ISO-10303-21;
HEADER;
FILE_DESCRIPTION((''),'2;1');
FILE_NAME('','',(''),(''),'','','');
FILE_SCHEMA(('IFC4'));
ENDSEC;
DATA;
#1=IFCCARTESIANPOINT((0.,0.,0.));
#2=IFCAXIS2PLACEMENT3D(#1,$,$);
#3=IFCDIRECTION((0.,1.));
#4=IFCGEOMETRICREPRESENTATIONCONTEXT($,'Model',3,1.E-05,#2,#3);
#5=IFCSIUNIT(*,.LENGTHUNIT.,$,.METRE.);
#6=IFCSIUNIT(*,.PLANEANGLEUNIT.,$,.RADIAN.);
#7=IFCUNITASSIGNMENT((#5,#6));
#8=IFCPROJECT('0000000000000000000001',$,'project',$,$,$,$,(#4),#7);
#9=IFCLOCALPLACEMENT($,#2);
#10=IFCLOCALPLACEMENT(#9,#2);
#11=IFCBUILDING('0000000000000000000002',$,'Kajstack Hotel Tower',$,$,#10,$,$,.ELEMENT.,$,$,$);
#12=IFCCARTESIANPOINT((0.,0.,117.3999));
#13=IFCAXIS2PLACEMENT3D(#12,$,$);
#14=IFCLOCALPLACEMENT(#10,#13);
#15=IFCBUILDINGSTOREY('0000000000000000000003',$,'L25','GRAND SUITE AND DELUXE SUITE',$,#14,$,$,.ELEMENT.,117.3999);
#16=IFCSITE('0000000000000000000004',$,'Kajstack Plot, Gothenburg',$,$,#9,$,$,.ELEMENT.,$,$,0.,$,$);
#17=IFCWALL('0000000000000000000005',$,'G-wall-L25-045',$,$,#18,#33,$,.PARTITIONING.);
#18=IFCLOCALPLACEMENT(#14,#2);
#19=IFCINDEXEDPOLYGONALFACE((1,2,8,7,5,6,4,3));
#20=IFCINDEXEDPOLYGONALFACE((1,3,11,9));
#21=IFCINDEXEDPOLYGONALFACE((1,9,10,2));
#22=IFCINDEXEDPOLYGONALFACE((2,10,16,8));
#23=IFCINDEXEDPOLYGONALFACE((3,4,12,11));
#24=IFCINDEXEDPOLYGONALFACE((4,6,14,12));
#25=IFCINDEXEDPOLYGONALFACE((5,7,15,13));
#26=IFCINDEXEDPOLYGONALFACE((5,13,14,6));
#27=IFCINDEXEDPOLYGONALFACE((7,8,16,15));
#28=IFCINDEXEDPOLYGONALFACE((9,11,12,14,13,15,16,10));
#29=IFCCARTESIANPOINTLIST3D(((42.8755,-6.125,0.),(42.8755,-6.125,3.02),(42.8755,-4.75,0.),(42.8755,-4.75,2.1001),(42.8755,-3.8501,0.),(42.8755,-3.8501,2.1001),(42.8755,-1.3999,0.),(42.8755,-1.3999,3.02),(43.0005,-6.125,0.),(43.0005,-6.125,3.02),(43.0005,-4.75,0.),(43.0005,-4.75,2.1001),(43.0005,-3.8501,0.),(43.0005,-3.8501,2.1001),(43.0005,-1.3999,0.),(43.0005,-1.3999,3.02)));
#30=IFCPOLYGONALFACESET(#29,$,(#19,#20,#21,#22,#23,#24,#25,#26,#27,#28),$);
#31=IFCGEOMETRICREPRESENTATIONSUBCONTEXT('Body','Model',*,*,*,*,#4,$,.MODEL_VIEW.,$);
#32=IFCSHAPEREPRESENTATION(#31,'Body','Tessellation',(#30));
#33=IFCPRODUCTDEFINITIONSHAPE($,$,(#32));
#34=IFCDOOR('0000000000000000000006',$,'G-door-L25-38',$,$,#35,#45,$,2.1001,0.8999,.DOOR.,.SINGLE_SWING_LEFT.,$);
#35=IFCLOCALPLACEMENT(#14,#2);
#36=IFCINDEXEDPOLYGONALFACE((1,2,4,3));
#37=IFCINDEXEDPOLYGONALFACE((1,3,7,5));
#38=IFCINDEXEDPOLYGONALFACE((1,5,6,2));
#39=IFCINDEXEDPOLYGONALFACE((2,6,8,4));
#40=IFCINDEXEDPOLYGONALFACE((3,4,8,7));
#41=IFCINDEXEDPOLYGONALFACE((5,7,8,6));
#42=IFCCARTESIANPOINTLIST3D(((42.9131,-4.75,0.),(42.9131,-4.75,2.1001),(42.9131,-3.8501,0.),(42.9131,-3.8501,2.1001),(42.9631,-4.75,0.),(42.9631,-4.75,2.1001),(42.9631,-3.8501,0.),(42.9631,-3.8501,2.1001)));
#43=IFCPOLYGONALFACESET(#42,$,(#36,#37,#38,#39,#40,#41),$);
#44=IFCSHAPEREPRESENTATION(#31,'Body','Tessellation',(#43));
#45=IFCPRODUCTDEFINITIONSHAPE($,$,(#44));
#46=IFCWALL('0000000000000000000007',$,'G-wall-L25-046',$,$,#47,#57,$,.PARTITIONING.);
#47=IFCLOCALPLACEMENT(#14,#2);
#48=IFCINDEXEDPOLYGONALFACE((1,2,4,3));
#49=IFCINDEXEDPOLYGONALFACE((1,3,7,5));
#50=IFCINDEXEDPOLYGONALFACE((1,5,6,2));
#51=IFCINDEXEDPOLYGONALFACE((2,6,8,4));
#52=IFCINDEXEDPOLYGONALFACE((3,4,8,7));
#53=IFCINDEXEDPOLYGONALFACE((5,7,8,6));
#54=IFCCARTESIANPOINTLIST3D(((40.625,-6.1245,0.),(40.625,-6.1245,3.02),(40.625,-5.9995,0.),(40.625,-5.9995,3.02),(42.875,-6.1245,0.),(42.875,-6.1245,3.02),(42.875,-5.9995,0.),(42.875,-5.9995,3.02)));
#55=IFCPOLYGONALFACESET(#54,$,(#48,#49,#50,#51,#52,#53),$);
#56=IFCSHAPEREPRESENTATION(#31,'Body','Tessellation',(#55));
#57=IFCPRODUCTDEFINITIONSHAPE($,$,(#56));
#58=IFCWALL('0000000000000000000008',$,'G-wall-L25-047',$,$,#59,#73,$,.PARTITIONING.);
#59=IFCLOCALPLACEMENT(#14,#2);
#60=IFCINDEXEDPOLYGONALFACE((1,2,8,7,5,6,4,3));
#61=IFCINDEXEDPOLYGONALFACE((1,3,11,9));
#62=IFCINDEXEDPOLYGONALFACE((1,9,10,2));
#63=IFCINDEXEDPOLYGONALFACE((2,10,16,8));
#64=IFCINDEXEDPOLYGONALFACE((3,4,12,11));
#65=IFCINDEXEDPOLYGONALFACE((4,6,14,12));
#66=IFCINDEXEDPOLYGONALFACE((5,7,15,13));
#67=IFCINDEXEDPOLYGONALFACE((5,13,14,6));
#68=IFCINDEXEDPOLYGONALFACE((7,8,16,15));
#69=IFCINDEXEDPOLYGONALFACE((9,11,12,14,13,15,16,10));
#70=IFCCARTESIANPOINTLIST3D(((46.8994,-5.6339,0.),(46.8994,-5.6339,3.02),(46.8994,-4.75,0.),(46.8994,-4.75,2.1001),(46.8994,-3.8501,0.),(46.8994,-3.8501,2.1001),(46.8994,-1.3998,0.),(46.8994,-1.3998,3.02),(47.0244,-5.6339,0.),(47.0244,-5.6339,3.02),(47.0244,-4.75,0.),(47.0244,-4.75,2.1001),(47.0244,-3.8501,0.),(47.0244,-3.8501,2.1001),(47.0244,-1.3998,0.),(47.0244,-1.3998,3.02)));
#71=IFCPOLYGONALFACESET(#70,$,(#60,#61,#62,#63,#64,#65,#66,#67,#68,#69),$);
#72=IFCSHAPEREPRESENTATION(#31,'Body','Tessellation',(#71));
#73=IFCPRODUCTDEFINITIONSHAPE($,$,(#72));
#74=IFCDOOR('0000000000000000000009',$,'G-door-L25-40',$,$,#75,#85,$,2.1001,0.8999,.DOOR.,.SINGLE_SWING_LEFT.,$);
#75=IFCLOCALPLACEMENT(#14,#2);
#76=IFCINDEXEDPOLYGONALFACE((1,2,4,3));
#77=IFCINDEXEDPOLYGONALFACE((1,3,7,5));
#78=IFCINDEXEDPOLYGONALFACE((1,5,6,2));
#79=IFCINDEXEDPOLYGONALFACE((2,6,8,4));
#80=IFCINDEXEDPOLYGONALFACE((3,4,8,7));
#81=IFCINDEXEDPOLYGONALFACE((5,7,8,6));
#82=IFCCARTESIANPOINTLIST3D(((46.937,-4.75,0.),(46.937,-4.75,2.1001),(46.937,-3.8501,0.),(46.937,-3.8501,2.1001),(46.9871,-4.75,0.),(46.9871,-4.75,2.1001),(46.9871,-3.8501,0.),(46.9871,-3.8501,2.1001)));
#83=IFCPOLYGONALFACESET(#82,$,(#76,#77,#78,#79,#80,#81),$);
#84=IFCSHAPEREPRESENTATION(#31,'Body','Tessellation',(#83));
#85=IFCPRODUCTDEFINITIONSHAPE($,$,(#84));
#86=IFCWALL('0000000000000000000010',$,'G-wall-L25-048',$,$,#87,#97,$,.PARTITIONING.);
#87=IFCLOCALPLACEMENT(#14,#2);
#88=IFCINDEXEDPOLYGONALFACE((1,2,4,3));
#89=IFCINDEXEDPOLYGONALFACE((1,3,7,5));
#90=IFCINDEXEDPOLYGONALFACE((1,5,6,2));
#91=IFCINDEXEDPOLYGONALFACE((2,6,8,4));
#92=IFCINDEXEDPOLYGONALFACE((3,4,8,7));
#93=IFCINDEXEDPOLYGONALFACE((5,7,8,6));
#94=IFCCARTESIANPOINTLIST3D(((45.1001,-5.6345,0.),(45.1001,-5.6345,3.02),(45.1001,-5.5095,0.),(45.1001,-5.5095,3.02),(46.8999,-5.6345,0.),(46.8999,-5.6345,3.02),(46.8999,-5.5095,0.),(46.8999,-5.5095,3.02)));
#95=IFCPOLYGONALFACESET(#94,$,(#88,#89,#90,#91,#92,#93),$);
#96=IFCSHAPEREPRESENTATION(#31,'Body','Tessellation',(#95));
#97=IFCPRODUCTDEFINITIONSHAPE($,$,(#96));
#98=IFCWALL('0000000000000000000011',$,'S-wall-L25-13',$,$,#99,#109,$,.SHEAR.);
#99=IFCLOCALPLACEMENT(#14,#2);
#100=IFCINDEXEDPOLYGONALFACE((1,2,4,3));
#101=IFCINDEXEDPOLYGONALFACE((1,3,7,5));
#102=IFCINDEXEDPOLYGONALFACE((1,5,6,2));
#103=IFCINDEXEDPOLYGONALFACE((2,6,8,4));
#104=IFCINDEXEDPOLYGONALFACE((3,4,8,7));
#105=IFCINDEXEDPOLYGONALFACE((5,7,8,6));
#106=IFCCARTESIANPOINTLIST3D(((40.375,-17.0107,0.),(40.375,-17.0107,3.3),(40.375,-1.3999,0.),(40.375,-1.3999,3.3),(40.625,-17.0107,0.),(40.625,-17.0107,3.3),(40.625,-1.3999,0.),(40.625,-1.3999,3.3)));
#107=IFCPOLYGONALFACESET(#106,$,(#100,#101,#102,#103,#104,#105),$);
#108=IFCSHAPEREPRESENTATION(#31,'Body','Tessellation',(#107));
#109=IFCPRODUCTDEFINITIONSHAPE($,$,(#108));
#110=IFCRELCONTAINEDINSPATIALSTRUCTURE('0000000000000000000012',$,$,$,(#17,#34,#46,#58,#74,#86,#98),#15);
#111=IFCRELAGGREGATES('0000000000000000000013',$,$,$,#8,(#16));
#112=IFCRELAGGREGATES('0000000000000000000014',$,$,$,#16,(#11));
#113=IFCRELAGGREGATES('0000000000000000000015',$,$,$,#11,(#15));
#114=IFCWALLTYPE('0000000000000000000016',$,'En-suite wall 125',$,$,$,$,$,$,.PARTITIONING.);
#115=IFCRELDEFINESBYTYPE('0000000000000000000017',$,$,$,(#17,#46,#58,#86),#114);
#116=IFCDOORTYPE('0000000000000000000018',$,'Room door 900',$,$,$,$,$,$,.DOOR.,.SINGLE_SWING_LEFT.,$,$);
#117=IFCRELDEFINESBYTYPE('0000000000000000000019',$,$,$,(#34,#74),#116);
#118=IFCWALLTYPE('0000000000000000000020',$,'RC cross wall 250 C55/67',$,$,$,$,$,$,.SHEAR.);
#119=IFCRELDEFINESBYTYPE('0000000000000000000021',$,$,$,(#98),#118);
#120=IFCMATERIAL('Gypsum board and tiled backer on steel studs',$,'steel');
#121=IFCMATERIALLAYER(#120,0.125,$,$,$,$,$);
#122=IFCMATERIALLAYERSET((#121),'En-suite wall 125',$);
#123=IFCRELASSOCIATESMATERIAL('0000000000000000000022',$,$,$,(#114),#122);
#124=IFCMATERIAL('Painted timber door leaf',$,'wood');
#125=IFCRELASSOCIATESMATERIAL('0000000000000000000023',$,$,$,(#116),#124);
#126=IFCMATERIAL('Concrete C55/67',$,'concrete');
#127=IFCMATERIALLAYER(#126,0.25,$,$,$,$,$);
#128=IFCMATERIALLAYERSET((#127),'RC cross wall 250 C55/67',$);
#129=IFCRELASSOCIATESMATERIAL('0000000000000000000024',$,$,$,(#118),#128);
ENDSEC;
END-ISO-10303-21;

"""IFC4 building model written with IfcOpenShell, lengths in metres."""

from ifc_helpers import new_model, si_unit, direction, frame, frame_2d, origin, place, context, subcontext, project, spatial, rectangle, extrude, material, layer, layer_set, type_object, element, fill, save


model = new_model("IFC4")

# Units and contexts
model_context = context("Model", 3, precision=1e-05, world=origin(), true_north=direction((0.0, 1.0)))
body_context = subcontext(model_context, "Body", "Model", "MODEL_VIEW")
ifc_project = project(units=[si_unit("LENGTHUNIT", "METRE"), si_unit("PLANEANGLEUNIT", "RADIAN")], contexts=[model_context])

# Site, building, storey
site_placement = place(None, origin())
site = spatial("IfcSite", under=ifc_project, at=site_placement, Name="Kajstack Plot, Gothenburg", CompositionType="ELEMENT", RefElevation=0.0)
building_placement = place(site_placement, origin())
building = spatial("IfcBuilding", under=site, at=building_placement, Name="Kajstack Hotel Tower", CompositionType="ELEMENT")
storey_placement = place(building_placement, frame((0.0, 0.0, 117.3999)))
storey = spatial("IfcBuildingStorey", under=building, at=storey_placement, Name="L25", Description="GRAND SUITE AND DELUXE SUITE", CompositionType="ELEMENT", Elevation=117.3999)

# Wall, opening, door
ifc_material_1 = material(Name="Gypsum board and tiled backer on steel studs", Category="steel")
ifc_layer_1 = layer(ifc_material_1, 0.125)
ifc_layer_set_1 = layer_set([ifc_layer_1], Name="En-suite wall 125")
wall_type_1 = type_object("IfcWallType", Name="En-suite wall 125", PredefinedType="PARTITIONING", material=ifc_layer_set_1)
wall_1_placement = place(storey_placement, frame((42.938, -6.125, 0.0), z_axis=(0.0, 0.0, 1.0), x_axis=(0.0, 1.0, 0.0)))
wall_1 = element("IfcWall", 1, at=wall_1_placement, inside=storey, type_object=wall_type_1, Name="G-wall-L25-045", PredefinedType="PARTITIONING", context=body_context, shape_type="SweptSolid", body=[
    extrude(rectangle(XDim=4.7251, YDim=0.125, at=frame_2d((2.3625, 0.0))), origin(), (0.0, 0.0, 1.0), 3.02),
])
opening_1_placement = place(wall_1_placement, frame((1.375, 0.0, 0.0)))
opening_1 = element("IfcOpeningElement", 2, at=opening_1_placement, cuts=wall_1, PredefinedType="OPENING", context=body_context, shape_type="SweptSolid", body=[
    extrude(rectangle(XDim=0.8999, YDim=2.1001, at=frame_2d((0.45, 1.05))), frame((0.0, 0.0725, 0.0), z_axis=(0.0, -1.0, 0.0), x_axis=(1.0, 0.0, 0.0)), (0.0, 0.0, 1.0), 0.145),
])
ifc_material_2 = material(Name="Painted timber door leaf", Category="wood")
door_type = type_object("IfcDoorType", Name="Room door 900", OperationType="SINGLE_SWING_LEFT", PredefinedType="DOOR", material=ifc_material_2)
door_1_placement = place(opening_1_placement, origin())
door_1 = element("IfcDoor", 3, at=door_1_placement, inside=storey, type_object=door_type, Name="G-door-L25-38", OperationType="SINGLE_SWING_LEFT", OverallHeight=2.1001, OverallWidth=0.8999, PredefinedType="DOOR", context=body_context, shape_type="SweptSolid", body=[
    extrude(rectangle(XDim=0.8999, YDim=2.1001, at=frame_2d((0.45, 1.05))), frame((0.0, 0.0249, 0.0), z_axis=(0.0, -1.0, 0.0), x_axis=(1.0, 0.0, 0.0)), (0.0, 0.0, 1.0), 0.05),
])
fill(opening_1, door_1)

# Wall
wall_2_placement = place(storey_placement, frame((40.625, -6.062, 0.0), z_axis=(0.0, 0.0, 1.0), x_axis=(1.0, 0.0, 0.0)))
element("IfcWall", 4, at=wall_2_placement, inside=storey, type_object=wall_type_1, Name="G-wall-L25-046", PredefinedType="PARTITIONING", context=body_context, shape_type="SweptSolid", body=[
    extrude(rectangle(XDim=2.25, YDim=0.125, at=frame_2d((1.125, 0.0))), origin(), (0.0, 0.0, 1.0), 3.02),
])

# Wall, opening, door
wall_3_placement = place(storey_placement, frame((46.9619, -5.634, 0.0), z_axis=(0.0, 0.0, 1.0), x_axis=(0.0, 1.0, 0.0)))
wall_3 = element("IfcWall", 5, at=wall_3_placement, inside=storey, type_object=wall_type_1, Name="G-wall-L25-047", PredefinedType="PARTITIONING", context=body_context, shape_type="SweptSolid", body=[
    extrude(rectangle(XDim=4.2341, YDim=0.125, at=frame_2d((2.1172, 0.0))), origin(), (0.0, 0.0, 1.0), 3.02),
])
opening_2_placement = place(wall_3_placement, frame((0.884, 0.0, 0.0)))
opening_2 = element("IfcOpeningElement", 6, at=opening_2_placement, cuts=wall_3, PredefinedType="OPENING", context=body_context, shape_type="SweptSolid", body=[
    extrude(rectangle(XDim=0.8999, YDim=2.1001, at=frame_2d((0.45, 1.05))), frame((0.0, 0.0725, 0.0), z_axis=(0.0, -1.0, 0.0), x_axis=(1.0, 0.0, 0.0)), (0.0, 0.0, 1.0), 0.145),
])
door_2_placement = place(opening_2_placement, origin())
door_2 = element("IfcDoor", 7, at=door_2_placement, inside=storey, type_object=door_type, Name="G-door-L25-40", OperationType="SINGLE_SWING_LEFT", OverallHeight=2.1001, OverallWidth=0.8999, PredefinedType="DOOR", context=body_context, shape_type="SweptSolid", body=[
    extrude(rectangle(XDim=0.8999, YDim=2.1001, at=frame_2d((0.45, 1.05))), frame((0.0, 0.0249, 0.0), z_axis=(0.0, -1.0, 0.0), x_axis=(1.0, 0.0, 0.0)), (0.0, 0.0, 1.0), 0.05),
])
fill(opening_2, door_2)

# Walls
wall_4_placement = place(storey_placement, frame((45.1001, -5.572, 0.0), z_axis=(0.0, 0.0, 1.0), x_axis=(1.0, 0.0, 0.0)))
element("IfcWall", 8, at=wall_4_placement, inside=storey, type_object=wall_type_1, Name="G-wall-L25-048", PredefinedType="PARTITIONING", context=body_context, shape_type="SweptSolid", body=[
    extrude(rectangle(XDim=1.7998, YDim=0.125, at=frame_2d((0.8999, 0.0))), origin(), (0.0, 0.0, 1.0), 3.02),
])
ifc_material_3 = material(Name="Concrete C55/67", Category="concrete")
ifc_layer_2 = layer(ifc_material_3, 0.25)
ifc_layer_set_2 = layer_set([ifc_layer_2], Name="RC cross wall 250 C55/67")
wall_type_2 = type_object("IfcWallType", Name="RC cross wall 250 C55/67", PredefinedType="SHEAR", material=ifc_layer_set_2)
wall_5_placement = place(storey_placement, frame((40.5, -17.0107, 0.0), z_axis=(0.0, 0.0, 1.0), x_axis=(0.0, 1.0, 0.0)))
element("IfcWall", 9, at=wall_5_placement, inside=storey, type_object=wall_type_2, Name="S-wall-L25-13", PredefinedType="SHEAR", context=body_context, shape_type="SweptSolid", body=[
    extrude(rectangle(XDim=15.6108, YDim=0.25, at=frame_2d((7.8054, 0.0))), origin(), (0.0, 0.0, 1.0), 3.3),
])

save(model, "model.ifc")
